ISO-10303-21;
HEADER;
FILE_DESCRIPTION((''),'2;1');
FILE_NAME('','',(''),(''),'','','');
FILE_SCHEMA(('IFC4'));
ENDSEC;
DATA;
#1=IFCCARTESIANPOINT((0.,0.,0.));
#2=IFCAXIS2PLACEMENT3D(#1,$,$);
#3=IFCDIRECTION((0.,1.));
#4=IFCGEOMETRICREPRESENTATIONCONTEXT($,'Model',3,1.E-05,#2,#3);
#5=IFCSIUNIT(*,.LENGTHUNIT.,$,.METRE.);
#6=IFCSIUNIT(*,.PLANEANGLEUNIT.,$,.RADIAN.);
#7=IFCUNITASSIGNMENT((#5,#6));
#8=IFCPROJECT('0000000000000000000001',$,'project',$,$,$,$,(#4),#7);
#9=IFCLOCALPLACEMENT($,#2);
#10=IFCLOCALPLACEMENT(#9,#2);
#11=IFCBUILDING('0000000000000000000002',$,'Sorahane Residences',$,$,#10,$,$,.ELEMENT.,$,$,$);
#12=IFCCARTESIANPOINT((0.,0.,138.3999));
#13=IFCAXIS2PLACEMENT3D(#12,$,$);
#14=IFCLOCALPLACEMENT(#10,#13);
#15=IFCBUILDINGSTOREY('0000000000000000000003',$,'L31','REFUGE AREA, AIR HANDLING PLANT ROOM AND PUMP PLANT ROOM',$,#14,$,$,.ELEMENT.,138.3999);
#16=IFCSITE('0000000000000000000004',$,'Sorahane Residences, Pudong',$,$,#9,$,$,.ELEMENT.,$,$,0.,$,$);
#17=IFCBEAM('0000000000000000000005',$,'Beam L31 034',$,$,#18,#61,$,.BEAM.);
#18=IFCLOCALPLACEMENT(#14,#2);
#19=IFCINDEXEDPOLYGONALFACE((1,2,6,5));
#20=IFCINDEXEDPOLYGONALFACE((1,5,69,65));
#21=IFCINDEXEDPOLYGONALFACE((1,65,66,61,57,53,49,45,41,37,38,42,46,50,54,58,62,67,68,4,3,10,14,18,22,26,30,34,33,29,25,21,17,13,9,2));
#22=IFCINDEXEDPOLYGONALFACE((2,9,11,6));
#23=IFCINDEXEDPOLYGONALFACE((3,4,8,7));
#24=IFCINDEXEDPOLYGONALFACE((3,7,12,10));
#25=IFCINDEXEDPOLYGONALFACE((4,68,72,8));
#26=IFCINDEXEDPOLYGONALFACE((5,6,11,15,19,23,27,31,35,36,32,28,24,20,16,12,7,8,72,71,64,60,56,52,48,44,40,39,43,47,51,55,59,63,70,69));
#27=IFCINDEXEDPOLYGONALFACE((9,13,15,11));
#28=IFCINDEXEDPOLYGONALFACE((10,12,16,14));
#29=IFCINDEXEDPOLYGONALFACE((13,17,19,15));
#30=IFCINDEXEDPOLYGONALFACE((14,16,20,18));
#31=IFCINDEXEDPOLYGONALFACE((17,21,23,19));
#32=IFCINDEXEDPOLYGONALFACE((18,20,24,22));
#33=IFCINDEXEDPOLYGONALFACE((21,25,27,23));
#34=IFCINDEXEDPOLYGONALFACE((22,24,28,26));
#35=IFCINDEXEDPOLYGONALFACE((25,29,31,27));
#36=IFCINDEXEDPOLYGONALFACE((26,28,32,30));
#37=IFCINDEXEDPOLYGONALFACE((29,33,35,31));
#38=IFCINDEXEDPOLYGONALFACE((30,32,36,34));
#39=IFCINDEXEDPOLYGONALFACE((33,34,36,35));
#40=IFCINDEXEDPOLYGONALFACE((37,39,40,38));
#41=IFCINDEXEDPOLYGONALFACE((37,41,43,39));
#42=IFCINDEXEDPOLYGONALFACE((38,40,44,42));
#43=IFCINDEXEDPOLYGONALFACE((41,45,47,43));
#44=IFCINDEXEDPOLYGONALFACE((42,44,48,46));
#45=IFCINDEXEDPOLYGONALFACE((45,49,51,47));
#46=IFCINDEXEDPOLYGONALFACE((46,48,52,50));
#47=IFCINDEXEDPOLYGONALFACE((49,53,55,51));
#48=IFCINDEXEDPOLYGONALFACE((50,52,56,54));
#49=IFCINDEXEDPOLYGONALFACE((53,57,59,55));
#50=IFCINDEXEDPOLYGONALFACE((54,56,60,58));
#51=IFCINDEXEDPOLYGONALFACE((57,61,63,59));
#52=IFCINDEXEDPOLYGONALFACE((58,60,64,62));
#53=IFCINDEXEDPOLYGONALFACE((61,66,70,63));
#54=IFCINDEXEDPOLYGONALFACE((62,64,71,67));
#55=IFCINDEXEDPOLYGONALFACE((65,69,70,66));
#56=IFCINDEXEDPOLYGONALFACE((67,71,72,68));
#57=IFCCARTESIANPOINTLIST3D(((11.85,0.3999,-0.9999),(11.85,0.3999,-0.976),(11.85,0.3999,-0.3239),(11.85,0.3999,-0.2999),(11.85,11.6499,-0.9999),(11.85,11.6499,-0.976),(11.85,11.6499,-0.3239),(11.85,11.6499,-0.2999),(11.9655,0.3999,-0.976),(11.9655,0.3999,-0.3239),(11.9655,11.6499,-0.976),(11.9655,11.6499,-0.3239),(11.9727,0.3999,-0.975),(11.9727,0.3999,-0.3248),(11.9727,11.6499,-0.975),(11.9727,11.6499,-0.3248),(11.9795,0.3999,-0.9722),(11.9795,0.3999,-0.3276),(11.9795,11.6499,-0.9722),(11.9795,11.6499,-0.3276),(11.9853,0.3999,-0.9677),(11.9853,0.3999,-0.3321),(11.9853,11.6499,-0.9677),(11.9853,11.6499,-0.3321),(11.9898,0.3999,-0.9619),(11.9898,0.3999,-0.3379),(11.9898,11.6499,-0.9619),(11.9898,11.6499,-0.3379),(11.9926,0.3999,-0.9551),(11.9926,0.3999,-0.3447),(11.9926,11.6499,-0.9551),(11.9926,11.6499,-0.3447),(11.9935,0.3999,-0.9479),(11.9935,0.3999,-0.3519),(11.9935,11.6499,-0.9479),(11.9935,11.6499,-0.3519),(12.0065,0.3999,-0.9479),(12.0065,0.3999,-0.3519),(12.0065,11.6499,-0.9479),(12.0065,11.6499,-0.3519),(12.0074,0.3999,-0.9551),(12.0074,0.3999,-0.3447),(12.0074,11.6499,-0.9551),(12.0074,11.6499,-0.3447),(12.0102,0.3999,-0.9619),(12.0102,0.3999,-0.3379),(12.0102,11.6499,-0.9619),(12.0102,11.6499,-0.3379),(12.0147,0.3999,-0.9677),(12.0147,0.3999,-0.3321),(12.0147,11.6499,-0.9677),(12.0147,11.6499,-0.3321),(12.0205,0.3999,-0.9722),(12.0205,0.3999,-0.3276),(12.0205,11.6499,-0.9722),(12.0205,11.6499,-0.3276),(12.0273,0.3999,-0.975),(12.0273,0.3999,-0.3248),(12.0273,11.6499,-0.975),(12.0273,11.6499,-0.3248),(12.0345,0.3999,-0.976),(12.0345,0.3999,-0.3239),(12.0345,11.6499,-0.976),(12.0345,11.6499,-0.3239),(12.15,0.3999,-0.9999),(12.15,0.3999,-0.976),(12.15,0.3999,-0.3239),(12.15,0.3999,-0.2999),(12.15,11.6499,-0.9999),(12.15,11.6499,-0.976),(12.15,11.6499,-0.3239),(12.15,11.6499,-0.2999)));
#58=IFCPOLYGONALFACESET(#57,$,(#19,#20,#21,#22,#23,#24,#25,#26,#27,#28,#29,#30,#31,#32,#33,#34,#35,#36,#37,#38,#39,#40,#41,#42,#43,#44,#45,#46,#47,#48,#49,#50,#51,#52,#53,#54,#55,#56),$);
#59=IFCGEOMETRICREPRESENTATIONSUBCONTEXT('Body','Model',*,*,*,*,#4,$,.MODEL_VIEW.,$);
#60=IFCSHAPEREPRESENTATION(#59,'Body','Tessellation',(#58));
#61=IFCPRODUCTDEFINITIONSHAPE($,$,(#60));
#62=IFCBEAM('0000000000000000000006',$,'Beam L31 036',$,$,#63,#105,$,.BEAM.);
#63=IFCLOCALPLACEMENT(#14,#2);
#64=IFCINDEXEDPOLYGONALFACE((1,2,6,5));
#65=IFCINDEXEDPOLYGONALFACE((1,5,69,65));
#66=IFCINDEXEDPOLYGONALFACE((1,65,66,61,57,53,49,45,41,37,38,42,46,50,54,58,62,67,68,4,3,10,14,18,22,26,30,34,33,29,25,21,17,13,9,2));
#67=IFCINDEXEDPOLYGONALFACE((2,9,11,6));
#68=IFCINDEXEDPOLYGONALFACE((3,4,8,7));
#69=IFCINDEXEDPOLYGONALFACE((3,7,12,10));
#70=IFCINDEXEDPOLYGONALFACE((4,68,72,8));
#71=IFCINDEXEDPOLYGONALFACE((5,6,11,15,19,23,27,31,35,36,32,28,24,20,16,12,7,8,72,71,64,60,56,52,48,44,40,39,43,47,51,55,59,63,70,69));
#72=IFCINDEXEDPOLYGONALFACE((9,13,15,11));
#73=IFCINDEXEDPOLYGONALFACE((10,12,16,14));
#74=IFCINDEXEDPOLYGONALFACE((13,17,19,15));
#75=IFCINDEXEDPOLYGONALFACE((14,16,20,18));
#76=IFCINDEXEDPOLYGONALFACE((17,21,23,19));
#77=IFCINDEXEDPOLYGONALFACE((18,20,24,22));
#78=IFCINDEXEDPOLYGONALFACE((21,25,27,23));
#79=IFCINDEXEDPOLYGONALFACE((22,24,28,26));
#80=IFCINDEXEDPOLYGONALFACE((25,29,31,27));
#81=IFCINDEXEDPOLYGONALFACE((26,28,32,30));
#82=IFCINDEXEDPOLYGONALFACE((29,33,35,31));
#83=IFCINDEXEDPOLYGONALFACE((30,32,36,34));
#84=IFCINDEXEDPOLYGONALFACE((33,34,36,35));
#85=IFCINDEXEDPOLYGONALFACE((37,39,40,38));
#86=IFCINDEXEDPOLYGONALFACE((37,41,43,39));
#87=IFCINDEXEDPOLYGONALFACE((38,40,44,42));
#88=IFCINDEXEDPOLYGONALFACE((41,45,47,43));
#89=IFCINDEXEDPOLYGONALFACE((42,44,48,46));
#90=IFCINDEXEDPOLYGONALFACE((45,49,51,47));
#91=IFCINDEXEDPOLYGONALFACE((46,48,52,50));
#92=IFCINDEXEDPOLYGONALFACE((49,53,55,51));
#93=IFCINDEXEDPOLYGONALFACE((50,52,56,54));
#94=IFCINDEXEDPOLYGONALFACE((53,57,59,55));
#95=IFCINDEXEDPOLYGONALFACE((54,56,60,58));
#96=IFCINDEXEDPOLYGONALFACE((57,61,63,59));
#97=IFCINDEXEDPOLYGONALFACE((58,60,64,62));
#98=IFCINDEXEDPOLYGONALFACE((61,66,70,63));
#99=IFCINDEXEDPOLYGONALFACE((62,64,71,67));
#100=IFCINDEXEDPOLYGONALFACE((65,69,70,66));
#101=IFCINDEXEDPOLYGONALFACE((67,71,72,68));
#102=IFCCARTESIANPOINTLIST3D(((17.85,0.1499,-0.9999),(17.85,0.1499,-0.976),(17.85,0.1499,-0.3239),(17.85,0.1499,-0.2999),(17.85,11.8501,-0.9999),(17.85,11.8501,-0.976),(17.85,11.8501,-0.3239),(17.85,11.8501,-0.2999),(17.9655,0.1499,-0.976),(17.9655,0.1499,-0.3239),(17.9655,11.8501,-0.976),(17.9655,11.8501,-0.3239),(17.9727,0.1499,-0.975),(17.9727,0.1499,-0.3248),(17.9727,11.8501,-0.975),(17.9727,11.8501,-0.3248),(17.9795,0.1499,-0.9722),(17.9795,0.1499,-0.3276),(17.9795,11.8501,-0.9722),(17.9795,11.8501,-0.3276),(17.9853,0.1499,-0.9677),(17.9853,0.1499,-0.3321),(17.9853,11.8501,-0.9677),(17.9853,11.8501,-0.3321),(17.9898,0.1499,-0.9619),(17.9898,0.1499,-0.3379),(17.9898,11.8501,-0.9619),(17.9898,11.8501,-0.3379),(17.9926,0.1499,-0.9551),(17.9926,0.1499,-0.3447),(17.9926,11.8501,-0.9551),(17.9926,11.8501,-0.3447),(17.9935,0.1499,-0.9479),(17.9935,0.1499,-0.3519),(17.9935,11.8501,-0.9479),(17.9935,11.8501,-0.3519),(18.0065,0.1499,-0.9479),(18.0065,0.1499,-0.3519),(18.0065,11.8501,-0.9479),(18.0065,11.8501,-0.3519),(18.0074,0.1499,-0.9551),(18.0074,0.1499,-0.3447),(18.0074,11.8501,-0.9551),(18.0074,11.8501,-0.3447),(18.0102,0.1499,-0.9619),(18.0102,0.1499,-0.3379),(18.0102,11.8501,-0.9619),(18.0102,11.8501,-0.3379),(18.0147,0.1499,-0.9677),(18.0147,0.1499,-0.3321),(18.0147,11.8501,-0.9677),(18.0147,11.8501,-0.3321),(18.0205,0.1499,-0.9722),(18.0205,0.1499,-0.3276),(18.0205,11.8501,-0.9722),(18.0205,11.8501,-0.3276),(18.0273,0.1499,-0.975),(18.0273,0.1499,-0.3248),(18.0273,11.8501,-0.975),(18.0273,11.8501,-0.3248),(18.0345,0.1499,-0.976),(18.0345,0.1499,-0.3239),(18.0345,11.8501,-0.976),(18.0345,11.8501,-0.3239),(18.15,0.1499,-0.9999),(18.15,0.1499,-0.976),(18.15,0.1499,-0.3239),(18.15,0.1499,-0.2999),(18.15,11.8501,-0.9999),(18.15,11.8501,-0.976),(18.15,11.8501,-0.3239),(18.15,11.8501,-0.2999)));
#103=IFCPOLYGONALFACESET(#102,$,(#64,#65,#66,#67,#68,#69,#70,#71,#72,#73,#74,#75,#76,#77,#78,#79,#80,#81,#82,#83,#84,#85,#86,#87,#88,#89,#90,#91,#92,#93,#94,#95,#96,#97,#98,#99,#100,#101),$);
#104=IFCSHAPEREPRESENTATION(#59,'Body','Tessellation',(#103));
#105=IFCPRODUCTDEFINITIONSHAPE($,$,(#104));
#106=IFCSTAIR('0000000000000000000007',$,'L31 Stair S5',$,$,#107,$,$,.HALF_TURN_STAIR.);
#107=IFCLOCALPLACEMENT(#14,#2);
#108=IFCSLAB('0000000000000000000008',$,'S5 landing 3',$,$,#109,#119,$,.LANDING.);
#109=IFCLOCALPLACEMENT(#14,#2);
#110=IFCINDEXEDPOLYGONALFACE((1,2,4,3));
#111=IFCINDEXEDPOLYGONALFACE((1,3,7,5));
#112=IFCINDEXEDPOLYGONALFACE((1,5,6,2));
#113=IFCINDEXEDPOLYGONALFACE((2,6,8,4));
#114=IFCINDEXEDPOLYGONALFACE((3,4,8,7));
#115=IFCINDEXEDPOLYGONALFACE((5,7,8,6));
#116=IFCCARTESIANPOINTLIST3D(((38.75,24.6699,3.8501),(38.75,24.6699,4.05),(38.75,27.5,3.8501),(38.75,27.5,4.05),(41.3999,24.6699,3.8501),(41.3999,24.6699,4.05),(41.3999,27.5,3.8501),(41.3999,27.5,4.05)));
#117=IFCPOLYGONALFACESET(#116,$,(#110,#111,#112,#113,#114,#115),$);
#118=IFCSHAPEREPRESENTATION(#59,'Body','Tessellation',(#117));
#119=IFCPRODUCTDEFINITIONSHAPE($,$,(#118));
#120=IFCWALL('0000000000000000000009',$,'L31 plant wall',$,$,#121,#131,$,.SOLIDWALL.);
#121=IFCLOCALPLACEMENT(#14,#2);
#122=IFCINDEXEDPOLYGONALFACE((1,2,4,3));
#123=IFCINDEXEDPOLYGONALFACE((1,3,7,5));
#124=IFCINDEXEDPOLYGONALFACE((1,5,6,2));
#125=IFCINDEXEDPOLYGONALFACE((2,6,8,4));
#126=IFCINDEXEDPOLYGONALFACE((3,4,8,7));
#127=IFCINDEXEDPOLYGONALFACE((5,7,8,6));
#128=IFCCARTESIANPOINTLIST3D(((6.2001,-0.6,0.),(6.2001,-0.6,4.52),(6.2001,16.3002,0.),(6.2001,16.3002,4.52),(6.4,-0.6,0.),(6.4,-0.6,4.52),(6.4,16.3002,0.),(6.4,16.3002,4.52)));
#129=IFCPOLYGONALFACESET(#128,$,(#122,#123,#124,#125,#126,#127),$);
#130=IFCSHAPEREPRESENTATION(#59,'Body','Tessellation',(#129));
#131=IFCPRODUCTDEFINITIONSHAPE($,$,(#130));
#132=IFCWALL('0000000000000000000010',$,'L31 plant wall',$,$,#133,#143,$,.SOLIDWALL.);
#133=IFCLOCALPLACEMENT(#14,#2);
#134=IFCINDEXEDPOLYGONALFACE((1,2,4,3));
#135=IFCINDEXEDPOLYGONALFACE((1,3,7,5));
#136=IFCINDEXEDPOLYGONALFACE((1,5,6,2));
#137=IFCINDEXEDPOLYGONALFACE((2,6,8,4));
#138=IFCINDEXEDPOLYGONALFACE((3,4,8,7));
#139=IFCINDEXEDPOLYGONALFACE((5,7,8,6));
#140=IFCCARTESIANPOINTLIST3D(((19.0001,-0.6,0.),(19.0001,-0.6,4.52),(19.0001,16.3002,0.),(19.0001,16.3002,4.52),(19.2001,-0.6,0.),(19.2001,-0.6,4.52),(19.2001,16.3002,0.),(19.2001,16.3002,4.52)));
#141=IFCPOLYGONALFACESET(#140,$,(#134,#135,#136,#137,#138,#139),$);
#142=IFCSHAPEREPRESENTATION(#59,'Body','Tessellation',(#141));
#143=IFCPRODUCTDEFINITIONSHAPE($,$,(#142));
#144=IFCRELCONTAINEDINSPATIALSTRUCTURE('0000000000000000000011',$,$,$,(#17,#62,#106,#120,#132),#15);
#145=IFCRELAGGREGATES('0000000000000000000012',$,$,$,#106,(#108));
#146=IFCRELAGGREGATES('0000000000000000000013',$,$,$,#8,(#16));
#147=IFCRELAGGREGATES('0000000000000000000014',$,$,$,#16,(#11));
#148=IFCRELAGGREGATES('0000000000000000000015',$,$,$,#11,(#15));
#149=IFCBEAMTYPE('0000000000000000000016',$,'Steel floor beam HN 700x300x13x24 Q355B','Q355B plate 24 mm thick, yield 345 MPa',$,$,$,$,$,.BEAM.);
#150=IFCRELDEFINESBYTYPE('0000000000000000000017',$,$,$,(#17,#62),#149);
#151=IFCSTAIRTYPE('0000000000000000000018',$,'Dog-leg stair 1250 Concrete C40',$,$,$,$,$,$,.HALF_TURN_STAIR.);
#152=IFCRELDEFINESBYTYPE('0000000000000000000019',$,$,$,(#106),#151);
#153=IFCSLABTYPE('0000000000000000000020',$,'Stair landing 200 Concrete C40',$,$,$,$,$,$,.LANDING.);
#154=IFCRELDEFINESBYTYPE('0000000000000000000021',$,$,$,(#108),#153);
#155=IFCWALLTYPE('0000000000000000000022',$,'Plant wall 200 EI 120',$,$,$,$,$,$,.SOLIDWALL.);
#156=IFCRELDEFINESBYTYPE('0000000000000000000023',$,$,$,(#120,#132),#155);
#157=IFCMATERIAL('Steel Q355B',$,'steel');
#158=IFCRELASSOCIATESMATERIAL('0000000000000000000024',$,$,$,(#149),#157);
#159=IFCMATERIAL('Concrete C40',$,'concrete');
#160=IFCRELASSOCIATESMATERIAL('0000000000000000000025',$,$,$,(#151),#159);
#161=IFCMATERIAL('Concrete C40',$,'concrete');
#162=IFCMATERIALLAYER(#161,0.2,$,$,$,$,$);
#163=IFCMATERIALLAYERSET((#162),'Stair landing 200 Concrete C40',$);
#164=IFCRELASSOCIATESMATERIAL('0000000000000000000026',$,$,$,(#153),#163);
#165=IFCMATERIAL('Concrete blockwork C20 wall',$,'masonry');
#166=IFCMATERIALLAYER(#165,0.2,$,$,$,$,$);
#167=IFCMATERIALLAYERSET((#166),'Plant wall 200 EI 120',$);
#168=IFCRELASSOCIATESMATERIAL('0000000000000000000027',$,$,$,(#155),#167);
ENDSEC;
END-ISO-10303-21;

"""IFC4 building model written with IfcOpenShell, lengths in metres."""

from ifc_helpers import new_model, si_unit, direction, frame, frame_2d, origin, origin_2d, place, context, subcontext, project, spatial, polyline, rectangle, i_section, outline, extrude, material, layer, layer_set, material_profile, profile_set, type_object, element, aggregate, save


model = new_model("IFC4")

# Units and contexts
model_context = context("Model", 3, precision=1e-05, world=origin(), true_north=direction((0.0, 1.0)))
body_context = subcontext(model_context, "Body", "Model", "MODEL_VIEW")
ifc_project = project(units=[si_unit("LENGTHUNIT", "METRE"), si_unit("PLANEANGLEUNIT", "RADIAN")], contexts=[model_context])

# Site, building, storey
site_placement = place(None, origin())
site = spatial("IfcSite", under=ifc_project, at=site_placement, Name="Sorahane Residences, Pudong", CompositionType="ELEMENT", RefElevation=0.0)
building_placement = place(site_placement, origin())
building = spatial("IfcBuilding", under=site, at=building_placement, Name="Sorahane Residences", CompositionType="ELEMENT")
storey_placement = place(building_placement, frame((0.0, 0.0, 138.3999)))
storey = spatial("IfcBuildingStorey", under=building, at=storey_placement, Name="L31", Description="REFUGE AREA, AIR HANDLING PLANT ROOM AND PUMP PLANT ROOM", CompositionType="ELEMENT", Elevation=138.3999)

# Beams
ifc_material_1 = material(Name="Steel Q355B", Category="steel")
ifc_material_profile_1 = material_profile(ifc_material_1, i_section(OverallWidth=0.3, OverallDepth=0.7, WebThickness=0.0129, FlangeThickness=0.0239, FilletRadius=0.0281, at=origin_2d()), Name="HN 700x300x13x24")
ifc_profile_set_1 = profile_set([ifc_material_profile_1], Name="Steel Q355B")
beam_type_1 = type_object("IfcBeamType", Name="Steel floor beam HN 700x300x13x24 Q355B", Description="Q355B plate 24 mm thick, yield 345 MPa", PredefinedType="BEAM", material=ifc_profile_set_1)
beam_1_placement = place(storey_placement, frame((12.0, 0.3999, -0.6499), z_axis=(0.0, 1.0, 0.0), x_axis=(-1.0, 0.0, 0.0)))
element("IfcBeam", 1, at=beam_1_placement, inside=storey, type_object=beam_type_1, Name="Beam L31 034", PredefinedType="BEAM", context=body_context, shape_type="SweptSolid", body=[
    extrude(i_section(OverallWidth=0.3, OverallDepth=0.7, WebThickness=0.0129, FlangeThickness=0.0239, FilletRadius=0.0281, at=origin_2d()), origin(), (0.0, 0.0, 1.0), 11.25),
])
beam_2_placement = place(storey_placement, frame((18.0, 0.1499, -0.6499), z_axis=(0.0, 1.0, 0.0), x_axis=(-1.0, 0.0, 0.0)))
element("IfcBeam", 2, at=beam_2_placement, inside=storey, type_object=beam_type_1, Name="Beam L31 036", PredefinedType="BEAM", context=body_context, shape_type="SweptSolid", body=[
    extrude(i_section(OverallWidth=0.3, OverallDepth=0.7, WebThickness=0.0129, FlangeThickness=0.0239, FilletRadius=0.0281, at=origin_2d()), origin(), (0.0, 0.0, 1.0), 11.7002),
])

# Stair, slab
ifc_material_2 = material(Name="Concrete C40", Category="concrete")
stair_type = type_object("IfcStairType", Name="Dog-leg stair 1250 Concrete C40", PredefinedType="HALF_TURN_STAIR", material=ifc_material_2)
stair_placement = place(storey_placement, origin())
stair = element("IfcStair", 3, at=stair_placement, inside=storey, type_object=stair_type, Name="L31 Stair S5", PredefinedType="HALF_TURN_STAIR")
ifc_material_3 = material(Name="Concrete C40", Category="concrete")
ifc_layer_1 = layer(ifc_material_3, 0.2)
ifc_layer_set_1 = layer_set([ifc_layer_1], Name="Stair landing 200 Concrete C40")
slab_type = type_object("IfcSlabType", Name="Stair landing 200 Concrete C40", PredefinedType="LANDING", material=ifc_layer_set_1)
slab_placement = place(storey_placement, frame((0.0, 0.0, 3.8501)))
slab = element("IfcSlab", 4, at=slab_placement, type_object=slab_type, Name="S5 landing 3", PredefinedType="LANDING", context=body_context, shape_type="SweptSolid", body=[
    extrude(outline(polyline([(41.3999, 24.6699), (41.3999, 27.5), (38.75, 27.5), (38.75, 24.6699), (41.3999, 24.6699)])), origin(), (0.0, 0.0, 1.0), 0.2),
])
aggregate(stair, [slab])

# Walls
ifc_material_4 = material(Name="Concrete blockwork C20 wall", Category="masonry")
ifc_layer_2 = layer(ifc_material_4, 0.2)
ifc_layer_set_2 = layer_set([ifc_layer_2], Name="Plant wall 200 EI 120")
wall_type = type_object("IfcWallType", Name="Plant wall 200 EI 120", PredefinedType="SOLIDWALL", material=ifc_layer_set_2)
for number, where, z_axis, x_axis, name in (
    (5, (6.3, -0.6001, 0.0), (0.0, 0.0, 1.0), (0.0, 1.0, 0.0), "L31 plant wall"),
    (6, (19.1001, -0.6001, 0.0), (0.0, 0.0, 1.0), (0.0, 1.0, 0.0), "L31 plant wall"),
):
    element("IfcWall", number, at=place(storey_placement, frame(where, z_axis=z_axis, x_axis=x_axis)), inside=storey, type_object=wall_type, Name=name, PredefinedType="SOLIDWALL", context=body_context, shape_type="SweptSolid", body=[
        extrude(rectangle(XDim=16.9001, YDim=0.2, at=frame_2d((8.4502, 0.0))), origin(), (0.0, 0.0, 1.0), 4.52),
    ])

save(model, "model.ifc")
